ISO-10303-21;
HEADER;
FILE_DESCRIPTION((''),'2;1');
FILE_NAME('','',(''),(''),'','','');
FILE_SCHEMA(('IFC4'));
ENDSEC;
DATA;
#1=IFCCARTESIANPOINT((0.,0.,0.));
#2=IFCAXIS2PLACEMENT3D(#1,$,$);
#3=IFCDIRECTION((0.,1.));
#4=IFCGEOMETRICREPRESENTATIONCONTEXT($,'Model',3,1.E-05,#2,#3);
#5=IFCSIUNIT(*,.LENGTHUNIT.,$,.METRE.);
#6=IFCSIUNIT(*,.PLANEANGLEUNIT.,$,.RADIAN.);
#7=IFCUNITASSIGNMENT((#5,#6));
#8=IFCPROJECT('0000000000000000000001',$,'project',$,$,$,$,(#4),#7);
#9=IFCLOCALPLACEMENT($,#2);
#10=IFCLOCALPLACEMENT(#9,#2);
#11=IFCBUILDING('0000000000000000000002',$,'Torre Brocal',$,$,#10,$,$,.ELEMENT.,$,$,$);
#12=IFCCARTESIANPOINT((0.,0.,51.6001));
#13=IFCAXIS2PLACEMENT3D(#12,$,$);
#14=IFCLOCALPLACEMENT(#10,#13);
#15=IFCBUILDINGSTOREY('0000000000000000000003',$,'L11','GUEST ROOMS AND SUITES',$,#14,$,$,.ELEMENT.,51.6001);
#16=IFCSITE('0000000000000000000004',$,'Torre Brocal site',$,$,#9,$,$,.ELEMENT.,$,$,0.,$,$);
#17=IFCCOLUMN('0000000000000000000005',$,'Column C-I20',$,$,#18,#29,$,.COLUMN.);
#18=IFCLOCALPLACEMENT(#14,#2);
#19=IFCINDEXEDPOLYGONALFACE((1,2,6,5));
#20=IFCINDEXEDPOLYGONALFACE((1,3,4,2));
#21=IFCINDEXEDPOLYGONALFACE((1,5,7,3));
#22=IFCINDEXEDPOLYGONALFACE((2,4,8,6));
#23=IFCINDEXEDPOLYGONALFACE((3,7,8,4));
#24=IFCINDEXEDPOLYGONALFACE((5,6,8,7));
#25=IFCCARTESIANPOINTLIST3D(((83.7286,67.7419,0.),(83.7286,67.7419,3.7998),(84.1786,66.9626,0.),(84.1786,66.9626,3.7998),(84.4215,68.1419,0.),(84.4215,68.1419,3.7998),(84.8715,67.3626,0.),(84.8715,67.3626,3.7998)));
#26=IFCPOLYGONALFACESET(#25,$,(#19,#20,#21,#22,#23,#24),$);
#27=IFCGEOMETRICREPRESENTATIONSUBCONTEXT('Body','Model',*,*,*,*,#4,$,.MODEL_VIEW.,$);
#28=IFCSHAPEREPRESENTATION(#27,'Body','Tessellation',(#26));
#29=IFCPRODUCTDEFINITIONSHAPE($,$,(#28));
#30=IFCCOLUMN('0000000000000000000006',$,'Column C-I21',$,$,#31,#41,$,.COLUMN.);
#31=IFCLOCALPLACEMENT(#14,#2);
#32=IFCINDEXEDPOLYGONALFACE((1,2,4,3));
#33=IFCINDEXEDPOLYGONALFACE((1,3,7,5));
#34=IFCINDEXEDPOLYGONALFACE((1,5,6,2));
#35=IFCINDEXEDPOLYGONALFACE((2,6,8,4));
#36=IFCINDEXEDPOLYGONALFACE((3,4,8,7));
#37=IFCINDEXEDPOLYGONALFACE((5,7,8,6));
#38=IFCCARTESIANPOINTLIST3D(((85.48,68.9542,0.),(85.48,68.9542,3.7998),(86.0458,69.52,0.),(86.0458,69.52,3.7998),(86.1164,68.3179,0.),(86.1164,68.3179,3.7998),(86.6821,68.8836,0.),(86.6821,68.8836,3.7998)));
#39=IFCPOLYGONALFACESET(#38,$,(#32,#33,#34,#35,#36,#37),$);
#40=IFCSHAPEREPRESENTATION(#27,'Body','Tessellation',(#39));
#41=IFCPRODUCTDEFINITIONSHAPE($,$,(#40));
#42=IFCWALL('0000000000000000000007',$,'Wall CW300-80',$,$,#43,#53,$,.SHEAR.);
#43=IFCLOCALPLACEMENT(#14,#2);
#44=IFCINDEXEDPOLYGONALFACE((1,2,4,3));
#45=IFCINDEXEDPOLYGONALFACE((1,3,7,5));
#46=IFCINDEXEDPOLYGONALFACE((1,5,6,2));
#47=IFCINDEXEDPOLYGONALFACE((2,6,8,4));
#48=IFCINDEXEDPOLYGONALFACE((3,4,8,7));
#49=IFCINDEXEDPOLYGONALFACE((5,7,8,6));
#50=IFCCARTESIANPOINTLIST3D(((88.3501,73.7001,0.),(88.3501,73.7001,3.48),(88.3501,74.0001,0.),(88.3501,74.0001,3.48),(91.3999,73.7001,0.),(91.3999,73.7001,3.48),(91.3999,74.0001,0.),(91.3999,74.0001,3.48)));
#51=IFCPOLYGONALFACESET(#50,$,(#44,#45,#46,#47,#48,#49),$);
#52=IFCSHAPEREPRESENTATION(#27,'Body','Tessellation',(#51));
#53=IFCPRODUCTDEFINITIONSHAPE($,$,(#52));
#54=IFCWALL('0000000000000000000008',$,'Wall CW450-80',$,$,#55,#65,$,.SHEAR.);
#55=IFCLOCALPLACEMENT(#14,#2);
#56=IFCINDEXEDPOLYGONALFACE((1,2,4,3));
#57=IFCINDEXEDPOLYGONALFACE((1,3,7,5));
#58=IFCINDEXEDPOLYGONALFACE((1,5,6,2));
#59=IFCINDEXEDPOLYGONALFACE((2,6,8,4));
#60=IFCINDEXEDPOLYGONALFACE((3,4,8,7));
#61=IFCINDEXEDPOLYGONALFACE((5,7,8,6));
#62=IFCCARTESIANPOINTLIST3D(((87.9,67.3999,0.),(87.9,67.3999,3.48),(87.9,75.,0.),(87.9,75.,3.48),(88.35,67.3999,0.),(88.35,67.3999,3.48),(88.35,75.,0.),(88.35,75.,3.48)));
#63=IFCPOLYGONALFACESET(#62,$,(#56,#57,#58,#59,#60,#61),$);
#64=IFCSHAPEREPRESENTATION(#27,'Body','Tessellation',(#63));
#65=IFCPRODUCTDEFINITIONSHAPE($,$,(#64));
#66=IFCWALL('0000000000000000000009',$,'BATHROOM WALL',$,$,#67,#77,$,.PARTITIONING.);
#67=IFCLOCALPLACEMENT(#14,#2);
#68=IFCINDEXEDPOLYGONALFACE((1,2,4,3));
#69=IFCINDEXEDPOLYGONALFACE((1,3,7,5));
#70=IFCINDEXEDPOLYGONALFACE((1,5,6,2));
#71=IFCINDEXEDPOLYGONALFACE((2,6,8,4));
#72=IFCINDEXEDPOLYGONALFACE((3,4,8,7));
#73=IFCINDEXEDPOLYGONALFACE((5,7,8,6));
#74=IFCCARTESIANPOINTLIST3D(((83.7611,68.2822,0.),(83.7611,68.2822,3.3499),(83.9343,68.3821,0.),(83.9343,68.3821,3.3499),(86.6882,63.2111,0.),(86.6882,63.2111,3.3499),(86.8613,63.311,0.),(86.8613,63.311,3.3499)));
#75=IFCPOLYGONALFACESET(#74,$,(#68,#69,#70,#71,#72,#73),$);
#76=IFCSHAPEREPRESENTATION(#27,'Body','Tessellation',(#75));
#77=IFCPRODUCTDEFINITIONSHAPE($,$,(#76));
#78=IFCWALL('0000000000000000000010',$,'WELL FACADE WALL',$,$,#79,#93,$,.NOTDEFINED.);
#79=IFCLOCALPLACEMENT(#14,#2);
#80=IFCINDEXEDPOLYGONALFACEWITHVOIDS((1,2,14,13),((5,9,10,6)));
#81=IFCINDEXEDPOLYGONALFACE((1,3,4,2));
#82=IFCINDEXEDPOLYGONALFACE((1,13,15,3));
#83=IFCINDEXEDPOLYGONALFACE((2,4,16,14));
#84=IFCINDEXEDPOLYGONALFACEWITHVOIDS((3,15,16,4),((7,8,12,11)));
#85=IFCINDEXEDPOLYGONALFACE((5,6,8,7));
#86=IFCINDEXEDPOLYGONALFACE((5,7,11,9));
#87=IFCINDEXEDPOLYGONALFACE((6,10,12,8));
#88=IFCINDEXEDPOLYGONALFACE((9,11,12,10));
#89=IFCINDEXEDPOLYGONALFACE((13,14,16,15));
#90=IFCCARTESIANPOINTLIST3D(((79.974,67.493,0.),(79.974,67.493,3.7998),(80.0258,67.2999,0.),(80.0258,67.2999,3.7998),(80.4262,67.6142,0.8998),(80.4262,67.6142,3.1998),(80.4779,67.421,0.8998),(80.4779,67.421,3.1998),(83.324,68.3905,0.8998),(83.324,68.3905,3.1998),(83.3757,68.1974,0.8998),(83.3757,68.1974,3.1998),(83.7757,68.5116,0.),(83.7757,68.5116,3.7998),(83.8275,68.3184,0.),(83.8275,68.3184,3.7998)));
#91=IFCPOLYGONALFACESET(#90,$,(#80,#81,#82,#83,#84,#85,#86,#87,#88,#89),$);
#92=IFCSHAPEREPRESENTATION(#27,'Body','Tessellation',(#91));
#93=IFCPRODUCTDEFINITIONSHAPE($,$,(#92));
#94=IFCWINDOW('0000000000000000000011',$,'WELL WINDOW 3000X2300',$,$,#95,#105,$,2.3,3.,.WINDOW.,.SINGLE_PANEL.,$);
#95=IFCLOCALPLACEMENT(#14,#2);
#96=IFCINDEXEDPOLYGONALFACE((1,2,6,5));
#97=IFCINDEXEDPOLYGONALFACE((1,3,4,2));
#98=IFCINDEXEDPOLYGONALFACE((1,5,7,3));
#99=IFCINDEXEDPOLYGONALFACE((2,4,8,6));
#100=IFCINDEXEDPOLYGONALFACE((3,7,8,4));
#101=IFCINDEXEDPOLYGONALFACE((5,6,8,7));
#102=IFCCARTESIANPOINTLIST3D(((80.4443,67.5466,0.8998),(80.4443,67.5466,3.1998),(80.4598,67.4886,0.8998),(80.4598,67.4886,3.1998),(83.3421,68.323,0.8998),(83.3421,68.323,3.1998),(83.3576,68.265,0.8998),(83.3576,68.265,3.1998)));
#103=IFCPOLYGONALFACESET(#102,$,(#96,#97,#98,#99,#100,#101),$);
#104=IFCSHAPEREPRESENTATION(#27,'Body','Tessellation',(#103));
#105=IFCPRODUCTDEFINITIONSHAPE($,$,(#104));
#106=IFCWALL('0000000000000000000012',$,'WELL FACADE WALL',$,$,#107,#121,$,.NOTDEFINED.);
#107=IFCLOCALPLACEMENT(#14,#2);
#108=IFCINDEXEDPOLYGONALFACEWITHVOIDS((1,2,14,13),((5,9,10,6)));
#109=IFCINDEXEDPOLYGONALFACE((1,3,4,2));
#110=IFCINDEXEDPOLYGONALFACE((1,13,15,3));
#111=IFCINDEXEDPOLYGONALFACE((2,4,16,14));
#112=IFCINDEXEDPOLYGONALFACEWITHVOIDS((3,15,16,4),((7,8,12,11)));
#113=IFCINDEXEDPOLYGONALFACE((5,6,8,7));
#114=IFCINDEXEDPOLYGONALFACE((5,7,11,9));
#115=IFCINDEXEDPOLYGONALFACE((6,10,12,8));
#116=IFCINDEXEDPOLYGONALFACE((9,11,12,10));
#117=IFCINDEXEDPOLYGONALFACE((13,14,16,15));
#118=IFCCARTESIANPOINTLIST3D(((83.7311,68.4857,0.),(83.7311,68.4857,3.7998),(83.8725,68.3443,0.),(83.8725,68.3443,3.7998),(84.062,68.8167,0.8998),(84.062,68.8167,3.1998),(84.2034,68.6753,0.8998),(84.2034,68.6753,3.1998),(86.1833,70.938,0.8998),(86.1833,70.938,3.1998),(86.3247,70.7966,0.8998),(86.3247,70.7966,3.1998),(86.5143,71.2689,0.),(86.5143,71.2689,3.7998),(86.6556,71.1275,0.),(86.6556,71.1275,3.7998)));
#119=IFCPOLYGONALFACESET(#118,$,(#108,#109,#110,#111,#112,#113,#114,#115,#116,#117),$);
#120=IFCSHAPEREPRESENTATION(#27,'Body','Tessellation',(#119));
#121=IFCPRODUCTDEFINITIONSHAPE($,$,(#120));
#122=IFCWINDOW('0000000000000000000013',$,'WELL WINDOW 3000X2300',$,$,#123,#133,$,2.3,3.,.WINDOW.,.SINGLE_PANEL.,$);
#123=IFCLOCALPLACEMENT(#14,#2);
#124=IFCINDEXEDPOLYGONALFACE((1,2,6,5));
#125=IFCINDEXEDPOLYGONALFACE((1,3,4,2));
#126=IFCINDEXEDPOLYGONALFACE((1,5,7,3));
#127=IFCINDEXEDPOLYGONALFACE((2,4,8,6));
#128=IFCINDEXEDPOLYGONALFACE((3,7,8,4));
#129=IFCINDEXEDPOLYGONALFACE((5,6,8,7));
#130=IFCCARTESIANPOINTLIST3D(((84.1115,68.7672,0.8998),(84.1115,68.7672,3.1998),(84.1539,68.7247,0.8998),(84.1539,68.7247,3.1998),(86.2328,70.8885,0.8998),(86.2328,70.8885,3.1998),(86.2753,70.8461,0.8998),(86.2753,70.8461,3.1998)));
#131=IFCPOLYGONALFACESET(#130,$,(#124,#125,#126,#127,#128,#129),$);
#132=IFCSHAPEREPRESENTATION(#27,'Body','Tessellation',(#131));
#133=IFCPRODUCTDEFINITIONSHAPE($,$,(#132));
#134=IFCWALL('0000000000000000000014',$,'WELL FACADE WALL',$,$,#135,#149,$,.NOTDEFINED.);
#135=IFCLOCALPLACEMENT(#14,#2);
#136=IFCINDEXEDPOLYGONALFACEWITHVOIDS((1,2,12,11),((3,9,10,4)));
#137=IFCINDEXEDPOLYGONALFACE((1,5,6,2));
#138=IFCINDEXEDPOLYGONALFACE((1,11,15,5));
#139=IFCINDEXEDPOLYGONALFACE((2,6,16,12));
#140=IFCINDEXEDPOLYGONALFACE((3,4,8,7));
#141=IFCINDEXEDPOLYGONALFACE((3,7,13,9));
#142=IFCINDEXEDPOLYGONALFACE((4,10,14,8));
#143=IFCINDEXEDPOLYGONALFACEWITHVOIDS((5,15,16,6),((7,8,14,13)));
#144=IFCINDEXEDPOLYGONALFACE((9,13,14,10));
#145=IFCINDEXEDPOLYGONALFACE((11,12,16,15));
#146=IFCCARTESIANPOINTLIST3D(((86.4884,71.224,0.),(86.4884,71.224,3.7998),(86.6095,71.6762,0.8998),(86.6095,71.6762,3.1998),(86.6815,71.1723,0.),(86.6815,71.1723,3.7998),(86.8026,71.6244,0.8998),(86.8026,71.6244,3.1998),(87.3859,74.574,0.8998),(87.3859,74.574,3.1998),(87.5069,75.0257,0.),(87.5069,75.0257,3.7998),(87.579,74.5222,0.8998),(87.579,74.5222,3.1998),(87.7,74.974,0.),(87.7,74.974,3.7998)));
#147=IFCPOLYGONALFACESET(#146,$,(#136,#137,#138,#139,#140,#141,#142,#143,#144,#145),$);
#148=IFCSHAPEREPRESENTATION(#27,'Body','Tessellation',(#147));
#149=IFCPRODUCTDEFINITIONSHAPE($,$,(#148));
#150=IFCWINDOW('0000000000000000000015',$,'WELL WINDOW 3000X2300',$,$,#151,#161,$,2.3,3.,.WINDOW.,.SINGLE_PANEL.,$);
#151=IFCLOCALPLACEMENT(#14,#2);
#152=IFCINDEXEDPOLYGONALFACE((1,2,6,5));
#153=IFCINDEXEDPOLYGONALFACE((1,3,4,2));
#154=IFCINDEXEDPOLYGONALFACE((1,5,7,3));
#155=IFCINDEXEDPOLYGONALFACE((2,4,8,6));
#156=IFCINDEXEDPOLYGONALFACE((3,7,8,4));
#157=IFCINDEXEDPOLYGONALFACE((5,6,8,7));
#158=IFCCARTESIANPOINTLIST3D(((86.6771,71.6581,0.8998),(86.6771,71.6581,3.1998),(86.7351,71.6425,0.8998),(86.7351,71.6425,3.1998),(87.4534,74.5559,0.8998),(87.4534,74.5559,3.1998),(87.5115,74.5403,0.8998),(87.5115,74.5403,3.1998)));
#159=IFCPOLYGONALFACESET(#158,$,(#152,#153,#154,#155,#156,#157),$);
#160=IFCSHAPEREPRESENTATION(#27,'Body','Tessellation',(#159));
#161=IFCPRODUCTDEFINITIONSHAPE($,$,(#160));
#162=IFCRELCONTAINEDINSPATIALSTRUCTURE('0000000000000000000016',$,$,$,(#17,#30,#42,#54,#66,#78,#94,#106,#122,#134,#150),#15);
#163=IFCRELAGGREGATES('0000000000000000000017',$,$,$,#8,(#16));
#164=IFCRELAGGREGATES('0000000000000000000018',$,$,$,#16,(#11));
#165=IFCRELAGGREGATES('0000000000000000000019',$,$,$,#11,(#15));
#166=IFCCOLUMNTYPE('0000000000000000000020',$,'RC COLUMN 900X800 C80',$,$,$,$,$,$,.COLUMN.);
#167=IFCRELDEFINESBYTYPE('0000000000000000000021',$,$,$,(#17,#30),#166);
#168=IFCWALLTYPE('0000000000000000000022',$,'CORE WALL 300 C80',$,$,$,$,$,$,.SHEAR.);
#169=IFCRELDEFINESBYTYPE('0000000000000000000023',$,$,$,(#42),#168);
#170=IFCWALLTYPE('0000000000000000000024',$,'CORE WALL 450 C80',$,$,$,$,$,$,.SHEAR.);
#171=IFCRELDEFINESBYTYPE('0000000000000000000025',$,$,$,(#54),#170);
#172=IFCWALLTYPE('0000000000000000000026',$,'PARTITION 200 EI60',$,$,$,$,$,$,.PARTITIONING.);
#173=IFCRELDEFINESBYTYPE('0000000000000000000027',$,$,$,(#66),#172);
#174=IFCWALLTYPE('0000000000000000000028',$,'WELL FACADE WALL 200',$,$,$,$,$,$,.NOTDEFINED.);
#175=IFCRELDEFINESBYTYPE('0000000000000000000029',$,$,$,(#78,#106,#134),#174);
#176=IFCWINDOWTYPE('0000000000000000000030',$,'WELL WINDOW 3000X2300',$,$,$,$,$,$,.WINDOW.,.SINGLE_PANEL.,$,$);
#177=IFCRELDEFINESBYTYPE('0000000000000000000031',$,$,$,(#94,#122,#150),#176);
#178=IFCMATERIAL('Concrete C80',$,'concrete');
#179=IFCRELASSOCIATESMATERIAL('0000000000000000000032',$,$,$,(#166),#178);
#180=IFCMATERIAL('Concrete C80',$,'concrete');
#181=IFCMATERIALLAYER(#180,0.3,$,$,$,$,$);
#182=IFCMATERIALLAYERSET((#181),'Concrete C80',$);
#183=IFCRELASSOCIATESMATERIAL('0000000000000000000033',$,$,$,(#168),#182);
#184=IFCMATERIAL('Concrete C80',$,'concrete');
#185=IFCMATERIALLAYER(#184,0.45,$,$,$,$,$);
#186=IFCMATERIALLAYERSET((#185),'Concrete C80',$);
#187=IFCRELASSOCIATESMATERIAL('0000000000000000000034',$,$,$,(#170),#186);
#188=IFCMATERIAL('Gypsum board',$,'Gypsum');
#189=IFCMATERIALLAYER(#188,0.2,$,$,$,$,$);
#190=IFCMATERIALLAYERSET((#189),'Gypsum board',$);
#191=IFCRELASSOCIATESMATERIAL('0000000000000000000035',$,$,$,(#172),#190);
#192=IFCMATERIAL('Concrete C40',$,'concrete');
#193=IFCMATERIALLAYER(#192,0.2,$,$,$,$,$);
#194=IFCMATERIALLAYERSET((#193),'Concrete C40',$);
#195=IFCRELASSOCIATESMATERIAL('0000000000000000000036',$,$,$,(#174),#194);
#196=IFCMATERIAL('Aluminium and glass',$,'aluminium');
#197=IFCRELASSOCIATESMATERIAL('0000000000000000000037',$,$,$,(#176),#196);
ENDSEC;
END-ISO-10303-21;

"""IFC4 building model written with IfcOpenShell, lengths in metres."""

from ifc_helpers import new_model, si_unit, direction, frame, frame_2d, origin, origin_2d, place, context, subcontext, project, spatial, rectangle, extrude, material, layer, layer_set, material_profile, profile_set, type_object, element, fill, save


model = new_model("IFC4")

# Units and contexts
model_context = context("Model", 3, precision=1e-05, world=origin(), true_north=direction((0.0, 1.0)))
body_context = subcontext(model_context, "Body", "Model", "MODEL_VIEW")
ifc_project = project(units=[si_unit("LENGTHUNIT", "METRE"), si_unit("PLANEANGLEUNIT", "RADIAN")], contexts=[model_context])

# Site, building, storey
site_placement = place(None, origin())
site = spatial("IfcSite", under=ifc_project, at=site_placement, Name="Torre Brocal site", CompositionType="ELEMENT", RefElevation=0.0)
building_placement = place(site_placement, origin())
building = spatial("IfcBuilding", under=site, at=building_placement, Name="Torre Brocal", CompositionType="ELEMENT")
storey_placement = place(building_placement, frame((0.0, 0.0, 51.6001)))
storey = spatial("IfcBuildingStorey", under=building, at=storey_placement, Name="L11", Description="GUEST ROOMS AND SUITES", CompositionType="ELEMENT", Elevation=51.6001)

# Columns
ifc_material_1 = material(Name="Concrete C80", Category="concrete")
ifc_material_profile = material_profile(ifc_material_1, rectangle(XDim=0.8999, YDim=0.8, at=origin_2d()), Name="RC 900X800")
ifc_profile_set = profile_set([ifc_material_profile], Name="Concrete C80")
column_type = type_object("IfcColumnType", Name="RC COLUMN 900X800 C80", PredefinedType="COLUMN", material=ifc_profile_set)
for number, where, z_axis, x_axis, name in (
    (1, (84.3, 67.5522, 0.0), (0.0, 0.0, 1.0), (0.5, -0.866025, 0.0), "Column C-I20"),
    (2, (86.0811, 68.9189, 0.0), (0.0, 0.0, 1.0), (0.707107, -0.707107, 0.0), "Column C-I21"),
):
    element("IfcColumn", number, at=place(storey_placement, frame(where, z_axis=z_axis, x_axis=x_axis)), inside=storey, type_object=column_type, Name=name, PredefinedType="COLUMN", context=body_context, shape_type="SweptSolid", body=[
        extrude(rectangle(XDim=0.8999, YDim=0.8, at=origin_2d()), origin(), (0.0, 0.0, 1.0), 3.7998),
    ])

# Walls
ifc_material_2 = material(Name="Concrete C80", Category="concrete")
ifc_layer_1 = layer(ifc_material_2, 0.3)
ifc_layer_set_1 = layer_set([ifc_layer_1], Name="Concrete C80")
wall_type_1 = type_object("IfcWallType", Name="CORE WALL 300 C80", PredefinedType="SHEAR", material=ifc_layer_set_1)
wall_1_placement = place(storey_placement, frame((88.3501, 73.8501, 0.0), z_axis=(0.0, 0.0, 1.0), x_axis=(1.0, 0.0, 0.0)))
element("IfcWall", 3, at=wall_1_placement, inside=storey, type_object=wall_type_1, Name="Wall CW300-80", PredefinedType="SHEAR", context=body_context, shape_type="SweptSolid", body=[
    extrude(rectangle(XDim=3.0498, YDim=0.3, at=frame_2d((1.5249, 0.0))), origin(), (0.0, 0.0, 1.0), 3.48),
])
ifc_material_3 = material(Name="Concrete C80", Category="concrete")
ifc_layer_2 = layer(ifc_material_3, 0.45)
ifc_layer_set_2 = layer_set([ifc_layer_2], Name="Concrete C80")
wall_type_2 = type_object("IfcWallType", Name="CORE WALL 450 C80", PredefinedType="SHEAR", material=ifc_layer_set_2)
wall_2_placement = place(storey_placement, frame((88.125, 67.3999, 0.0), z_axis=(0.0, 0.0, 1.0), x_axis=(0.0, 1.0, 0.0)))
element("IfcWall", 4, at=wall_2_placement, inside=storey, type_object=wall_type_2, Name="Wall CW450-80", PredefinedType="SHEAR", context=body_context, shape_type="SweptSolid", body=[
    extrude(rectangle(XDim=7.6001, YDim=0.45, at=frame_2d((3.8, 0.0))), origin(), (0.0, 0.0, 1.0), 3.48),
])

# Wall
ifc_material_4 = material(Name="Gypsum board", Category="Gypsum")
ifc_layer_3 = layer(ifc_material_4, 0.2)
ifc_layer_set_3 = layer_set([ifc_layer_3], Name="Gypsum board")
wall_type_3 = type_object("IfcWallType", Name="PARTITION 200 EI60", PredefinedType="PARTITIONING", material=ifc_layer_set_3)
wall_3_placement = place(storey_placement, frame((83.8477, 68.3323, 0.0), z_axis=(0.0, 0.0, 1.0), x_axis=(0.499902, -0.866082, 0.0)))
element("IfcWall", 5, at=wall_3_placement, inside=storey, type_object=wall_type_3, Name="BATHROOM WALL", PredefinedType="PARTITIONING", context=body_context, shape_type="SweptSolid", body=[
    extrude(rectangle(XDim=5.8552, YDim=0.2, at=frame_2d((2.9277, 0.0))), origin(), (0.0, 0.0, 1.0), 3.3499),
])

# Walls, openings, windows
ifc_material_5 = material(Name="Concrete C40", Category="concrete")
ifc_layer_4 = layer(ifc_material_5, 0.2)
ifc_layer_set_4 = layer_set([ifc_layer_4], Name="Concrete C40")
wall_type_4 = type_object("IfcWallType", Name="WELL FACADE WALL 200", PredefinedType="NOTDEFINED", material=ifc_layer_set_4)
wall_4_placement = place(storey_placement, frame((80.0, 67.3965, 0.0), z_axis=(0.0, 0.0, 1.0), x_axis=(0.965934, 0.25879, 0.0)))
wall_4 = element("IfcWall", 6, at=wall_4_placement, inside=storey, type_object=wall_type_4, Name="WELL FACADE WALL", PredefinedType="NOTDEFINED", context=body_context, shape_type="SweptSolid", body=[
    extrude(rectangle(XDim=3.9358, YDim=0.2, at=frame_2d((1.9678, 0.0))), origin(), (0.0, 0.0, 1.0), 3.7998),
])
opening_1_placement = place(wall_4_placement, frame((0.468, 0.0, 0.8999)))
opening_1 = element("IfcOpeningElement", 7, at=opening_1_placement, cuts=wall_4, PredefinedType="OPENING", context=body_context, shape_type="SweptSolid", body=[
    extrude(rectangle(XDim=3.0, YDim=2.3, at=frame_2d((1.5, 1.1499))), frame((0.0, 0.1099, 0.0), z_axis=(0.0, -1.0, 0.0), x_axis=(1.0, 0.0, 0.0)), (0.0, 0.0, 1.0), 0.22),
])
ifc_material_6 = material(Name="Aluminium and glass", Category="aluminium")
window_type = type_object("IfcWindowType", Name="WELL WINDOW 3000X2300", PartitioningType="SINGLE_PANEL", PredefinedType="WINDOW", material=ifc_material_6)
window_1_placement = place(opening_1_placement, origin())
window_1 = element("IfcWindow", 8, at=window_1_placement, inside=storey, type_object=window_type, Name="WELL WINDOW 3000X2300", OverallHeight=2.3, OverallWidth=3.0, PartitioningType="SINGLE_PANEL", PredefinedType="WINDOW", context=body_context, shape_type="SweptSolid", body=[
    extrude(rectangle(XDim=3.0, YDim=2.3, at=frame_2d((1.5, 1.1499))), frame((0.0, 0.03, 0.0), z_axis=(0.0, -1.0, 0.0), x_axis=(1.0, 0.0, 0.0)), (0.0, 0.0, 1.0), 0.0601),
])
fill(opening_1, window_1)
wall_5_placement = place(storey_placement, frame((83.8018, 68.415, 0.0), z_axis=(0.0, 0.0, 1.0), x_axis=(0.707107, 0.707107, 0.0)))
wall_5 = element("IfcWall", 9, at=wall_5_placement, inside=storey, type_object=wall_type_4, Name="WELL FACADE WALL", PredefinedType="NOTDEFINED", context=body_context, shape_type="SweptSolid", body=[
    extrude(rectangle(XDim=3.936, YDim=0.2, at=frame_2d((1.968, 0.0))), origin(), (0.0, 0.0, 1.0), 3.7998),
])
opening_2_placement = place(wall_5_placement, frame((0.468, 0.0, 0.8999)))
opening_2 = element("IfcOpeningElement", 10, at=opening_2_placement, cuts=wall_5, PredefinedType="OPENING", context=body_context, shape_type="SweptSolid", body=[
    extrude(rectangle(XDim=3.0, YDim=2.3, at=frame_2d((1.5, 1.1499))), frame((0.0, 0.1099, 0.0), z_axis=(0.0, -1.0, 0.0), x_axis=(1.0, 0.0, 0.0)), (0.0, 0.0, 1.0), 0.22),
])
window_2_placement = place(opening_2_placement, origin())
window_2 = element("IfcWindow", 11, at=window_2_placement, inside=storey, type_object=window_type, Name="WELL WINDOW 3000X2300", OverallHeight=2.3, OverallWidth=3.0, PartitioningType="SINGLE_PANEL", PredefinedType="WINDOW", context=body_context, shape_type="SweptSolid", body=[
    extrude(rectangle(XDim=3.0, YDim=2.3, at=frame_2d((1.5, 1.1499))), frame((0.0, 0.03, 0.0), z_axis=(0.0, -1.0, 0.0), x_axis=(1.0, 0.0, 0.0)), (0.0, 0.0, 1.0), 0.0601),
])
fill(opening_2, window_2)
wall_6_placement = place(storey_placement, frame((86.585, 71.1982, 0.0), z_axis=(0.0, 0.0, 1.0), x_axis=(0.25879, 0.965934, 0.0)))
wall_6 = element("IfcWall", 12, at=wall_6_placement, inside=storey, type_object=wall_type_4, Name="WELL FACADE WALL", PredefinedType="NOTDEFINED", context=body_context, shape_type="SweptSolid", body=[
    extrude(rectangle(XDim=3.9358, YDim=0.2, at=frame_2d((1.9678, 0.0))), origin(), (0.0, 0.0, 1.0), 3.7998),
])
opening_3_placement = place(wall_6_placement, frame((0.468, 0.0, 0.8999)))
opening_3 = element("IfcOpeningElement", 13, at=opening_3_placement, cuts=wall_6, PredefinedType="OPENING", context=body_context, shape_type="SweptSolid", body=[
    extrude(rectangle(XDim=3.0, YDim=2.3, at=frame_2d((1.5, 1.1499))), frame((0.0, 0.1099, 0.0), z_axis=(0.0, -1.0, 0.0), x_axis=(1.0, 0.0, 0.0)), (0.0, 0.0, 1.0), 0.22),
])
window_3_placement = place(opening_3_placement, origin())
window_3 = element("IfcWindow", 14, at=window_3_placement, inside=storey, type_object=window_type, Name="WELL WINDOW 3000X2300", OverallHeight=2.3, OverallWidth=3.0, PartitioningType="SINGLE_PANEL", PredefinedType="WINDOW", context=body_context, shape_type="SweptSolid", body=[
    extrude(rectangle(XDim=3.0, YDim=2.3, at=frame_2d((1.5, 1.1499))), frame((0.0, 0.03, 0.0), z_axis=(0.0, -1.0, 0.0), x_axis=(1.0, 0.0, 0.0)), (0.0, 0.0, 1.0), 0.0601),
])
fill(opening_3, window_3)

save(model, "model.ifc")
